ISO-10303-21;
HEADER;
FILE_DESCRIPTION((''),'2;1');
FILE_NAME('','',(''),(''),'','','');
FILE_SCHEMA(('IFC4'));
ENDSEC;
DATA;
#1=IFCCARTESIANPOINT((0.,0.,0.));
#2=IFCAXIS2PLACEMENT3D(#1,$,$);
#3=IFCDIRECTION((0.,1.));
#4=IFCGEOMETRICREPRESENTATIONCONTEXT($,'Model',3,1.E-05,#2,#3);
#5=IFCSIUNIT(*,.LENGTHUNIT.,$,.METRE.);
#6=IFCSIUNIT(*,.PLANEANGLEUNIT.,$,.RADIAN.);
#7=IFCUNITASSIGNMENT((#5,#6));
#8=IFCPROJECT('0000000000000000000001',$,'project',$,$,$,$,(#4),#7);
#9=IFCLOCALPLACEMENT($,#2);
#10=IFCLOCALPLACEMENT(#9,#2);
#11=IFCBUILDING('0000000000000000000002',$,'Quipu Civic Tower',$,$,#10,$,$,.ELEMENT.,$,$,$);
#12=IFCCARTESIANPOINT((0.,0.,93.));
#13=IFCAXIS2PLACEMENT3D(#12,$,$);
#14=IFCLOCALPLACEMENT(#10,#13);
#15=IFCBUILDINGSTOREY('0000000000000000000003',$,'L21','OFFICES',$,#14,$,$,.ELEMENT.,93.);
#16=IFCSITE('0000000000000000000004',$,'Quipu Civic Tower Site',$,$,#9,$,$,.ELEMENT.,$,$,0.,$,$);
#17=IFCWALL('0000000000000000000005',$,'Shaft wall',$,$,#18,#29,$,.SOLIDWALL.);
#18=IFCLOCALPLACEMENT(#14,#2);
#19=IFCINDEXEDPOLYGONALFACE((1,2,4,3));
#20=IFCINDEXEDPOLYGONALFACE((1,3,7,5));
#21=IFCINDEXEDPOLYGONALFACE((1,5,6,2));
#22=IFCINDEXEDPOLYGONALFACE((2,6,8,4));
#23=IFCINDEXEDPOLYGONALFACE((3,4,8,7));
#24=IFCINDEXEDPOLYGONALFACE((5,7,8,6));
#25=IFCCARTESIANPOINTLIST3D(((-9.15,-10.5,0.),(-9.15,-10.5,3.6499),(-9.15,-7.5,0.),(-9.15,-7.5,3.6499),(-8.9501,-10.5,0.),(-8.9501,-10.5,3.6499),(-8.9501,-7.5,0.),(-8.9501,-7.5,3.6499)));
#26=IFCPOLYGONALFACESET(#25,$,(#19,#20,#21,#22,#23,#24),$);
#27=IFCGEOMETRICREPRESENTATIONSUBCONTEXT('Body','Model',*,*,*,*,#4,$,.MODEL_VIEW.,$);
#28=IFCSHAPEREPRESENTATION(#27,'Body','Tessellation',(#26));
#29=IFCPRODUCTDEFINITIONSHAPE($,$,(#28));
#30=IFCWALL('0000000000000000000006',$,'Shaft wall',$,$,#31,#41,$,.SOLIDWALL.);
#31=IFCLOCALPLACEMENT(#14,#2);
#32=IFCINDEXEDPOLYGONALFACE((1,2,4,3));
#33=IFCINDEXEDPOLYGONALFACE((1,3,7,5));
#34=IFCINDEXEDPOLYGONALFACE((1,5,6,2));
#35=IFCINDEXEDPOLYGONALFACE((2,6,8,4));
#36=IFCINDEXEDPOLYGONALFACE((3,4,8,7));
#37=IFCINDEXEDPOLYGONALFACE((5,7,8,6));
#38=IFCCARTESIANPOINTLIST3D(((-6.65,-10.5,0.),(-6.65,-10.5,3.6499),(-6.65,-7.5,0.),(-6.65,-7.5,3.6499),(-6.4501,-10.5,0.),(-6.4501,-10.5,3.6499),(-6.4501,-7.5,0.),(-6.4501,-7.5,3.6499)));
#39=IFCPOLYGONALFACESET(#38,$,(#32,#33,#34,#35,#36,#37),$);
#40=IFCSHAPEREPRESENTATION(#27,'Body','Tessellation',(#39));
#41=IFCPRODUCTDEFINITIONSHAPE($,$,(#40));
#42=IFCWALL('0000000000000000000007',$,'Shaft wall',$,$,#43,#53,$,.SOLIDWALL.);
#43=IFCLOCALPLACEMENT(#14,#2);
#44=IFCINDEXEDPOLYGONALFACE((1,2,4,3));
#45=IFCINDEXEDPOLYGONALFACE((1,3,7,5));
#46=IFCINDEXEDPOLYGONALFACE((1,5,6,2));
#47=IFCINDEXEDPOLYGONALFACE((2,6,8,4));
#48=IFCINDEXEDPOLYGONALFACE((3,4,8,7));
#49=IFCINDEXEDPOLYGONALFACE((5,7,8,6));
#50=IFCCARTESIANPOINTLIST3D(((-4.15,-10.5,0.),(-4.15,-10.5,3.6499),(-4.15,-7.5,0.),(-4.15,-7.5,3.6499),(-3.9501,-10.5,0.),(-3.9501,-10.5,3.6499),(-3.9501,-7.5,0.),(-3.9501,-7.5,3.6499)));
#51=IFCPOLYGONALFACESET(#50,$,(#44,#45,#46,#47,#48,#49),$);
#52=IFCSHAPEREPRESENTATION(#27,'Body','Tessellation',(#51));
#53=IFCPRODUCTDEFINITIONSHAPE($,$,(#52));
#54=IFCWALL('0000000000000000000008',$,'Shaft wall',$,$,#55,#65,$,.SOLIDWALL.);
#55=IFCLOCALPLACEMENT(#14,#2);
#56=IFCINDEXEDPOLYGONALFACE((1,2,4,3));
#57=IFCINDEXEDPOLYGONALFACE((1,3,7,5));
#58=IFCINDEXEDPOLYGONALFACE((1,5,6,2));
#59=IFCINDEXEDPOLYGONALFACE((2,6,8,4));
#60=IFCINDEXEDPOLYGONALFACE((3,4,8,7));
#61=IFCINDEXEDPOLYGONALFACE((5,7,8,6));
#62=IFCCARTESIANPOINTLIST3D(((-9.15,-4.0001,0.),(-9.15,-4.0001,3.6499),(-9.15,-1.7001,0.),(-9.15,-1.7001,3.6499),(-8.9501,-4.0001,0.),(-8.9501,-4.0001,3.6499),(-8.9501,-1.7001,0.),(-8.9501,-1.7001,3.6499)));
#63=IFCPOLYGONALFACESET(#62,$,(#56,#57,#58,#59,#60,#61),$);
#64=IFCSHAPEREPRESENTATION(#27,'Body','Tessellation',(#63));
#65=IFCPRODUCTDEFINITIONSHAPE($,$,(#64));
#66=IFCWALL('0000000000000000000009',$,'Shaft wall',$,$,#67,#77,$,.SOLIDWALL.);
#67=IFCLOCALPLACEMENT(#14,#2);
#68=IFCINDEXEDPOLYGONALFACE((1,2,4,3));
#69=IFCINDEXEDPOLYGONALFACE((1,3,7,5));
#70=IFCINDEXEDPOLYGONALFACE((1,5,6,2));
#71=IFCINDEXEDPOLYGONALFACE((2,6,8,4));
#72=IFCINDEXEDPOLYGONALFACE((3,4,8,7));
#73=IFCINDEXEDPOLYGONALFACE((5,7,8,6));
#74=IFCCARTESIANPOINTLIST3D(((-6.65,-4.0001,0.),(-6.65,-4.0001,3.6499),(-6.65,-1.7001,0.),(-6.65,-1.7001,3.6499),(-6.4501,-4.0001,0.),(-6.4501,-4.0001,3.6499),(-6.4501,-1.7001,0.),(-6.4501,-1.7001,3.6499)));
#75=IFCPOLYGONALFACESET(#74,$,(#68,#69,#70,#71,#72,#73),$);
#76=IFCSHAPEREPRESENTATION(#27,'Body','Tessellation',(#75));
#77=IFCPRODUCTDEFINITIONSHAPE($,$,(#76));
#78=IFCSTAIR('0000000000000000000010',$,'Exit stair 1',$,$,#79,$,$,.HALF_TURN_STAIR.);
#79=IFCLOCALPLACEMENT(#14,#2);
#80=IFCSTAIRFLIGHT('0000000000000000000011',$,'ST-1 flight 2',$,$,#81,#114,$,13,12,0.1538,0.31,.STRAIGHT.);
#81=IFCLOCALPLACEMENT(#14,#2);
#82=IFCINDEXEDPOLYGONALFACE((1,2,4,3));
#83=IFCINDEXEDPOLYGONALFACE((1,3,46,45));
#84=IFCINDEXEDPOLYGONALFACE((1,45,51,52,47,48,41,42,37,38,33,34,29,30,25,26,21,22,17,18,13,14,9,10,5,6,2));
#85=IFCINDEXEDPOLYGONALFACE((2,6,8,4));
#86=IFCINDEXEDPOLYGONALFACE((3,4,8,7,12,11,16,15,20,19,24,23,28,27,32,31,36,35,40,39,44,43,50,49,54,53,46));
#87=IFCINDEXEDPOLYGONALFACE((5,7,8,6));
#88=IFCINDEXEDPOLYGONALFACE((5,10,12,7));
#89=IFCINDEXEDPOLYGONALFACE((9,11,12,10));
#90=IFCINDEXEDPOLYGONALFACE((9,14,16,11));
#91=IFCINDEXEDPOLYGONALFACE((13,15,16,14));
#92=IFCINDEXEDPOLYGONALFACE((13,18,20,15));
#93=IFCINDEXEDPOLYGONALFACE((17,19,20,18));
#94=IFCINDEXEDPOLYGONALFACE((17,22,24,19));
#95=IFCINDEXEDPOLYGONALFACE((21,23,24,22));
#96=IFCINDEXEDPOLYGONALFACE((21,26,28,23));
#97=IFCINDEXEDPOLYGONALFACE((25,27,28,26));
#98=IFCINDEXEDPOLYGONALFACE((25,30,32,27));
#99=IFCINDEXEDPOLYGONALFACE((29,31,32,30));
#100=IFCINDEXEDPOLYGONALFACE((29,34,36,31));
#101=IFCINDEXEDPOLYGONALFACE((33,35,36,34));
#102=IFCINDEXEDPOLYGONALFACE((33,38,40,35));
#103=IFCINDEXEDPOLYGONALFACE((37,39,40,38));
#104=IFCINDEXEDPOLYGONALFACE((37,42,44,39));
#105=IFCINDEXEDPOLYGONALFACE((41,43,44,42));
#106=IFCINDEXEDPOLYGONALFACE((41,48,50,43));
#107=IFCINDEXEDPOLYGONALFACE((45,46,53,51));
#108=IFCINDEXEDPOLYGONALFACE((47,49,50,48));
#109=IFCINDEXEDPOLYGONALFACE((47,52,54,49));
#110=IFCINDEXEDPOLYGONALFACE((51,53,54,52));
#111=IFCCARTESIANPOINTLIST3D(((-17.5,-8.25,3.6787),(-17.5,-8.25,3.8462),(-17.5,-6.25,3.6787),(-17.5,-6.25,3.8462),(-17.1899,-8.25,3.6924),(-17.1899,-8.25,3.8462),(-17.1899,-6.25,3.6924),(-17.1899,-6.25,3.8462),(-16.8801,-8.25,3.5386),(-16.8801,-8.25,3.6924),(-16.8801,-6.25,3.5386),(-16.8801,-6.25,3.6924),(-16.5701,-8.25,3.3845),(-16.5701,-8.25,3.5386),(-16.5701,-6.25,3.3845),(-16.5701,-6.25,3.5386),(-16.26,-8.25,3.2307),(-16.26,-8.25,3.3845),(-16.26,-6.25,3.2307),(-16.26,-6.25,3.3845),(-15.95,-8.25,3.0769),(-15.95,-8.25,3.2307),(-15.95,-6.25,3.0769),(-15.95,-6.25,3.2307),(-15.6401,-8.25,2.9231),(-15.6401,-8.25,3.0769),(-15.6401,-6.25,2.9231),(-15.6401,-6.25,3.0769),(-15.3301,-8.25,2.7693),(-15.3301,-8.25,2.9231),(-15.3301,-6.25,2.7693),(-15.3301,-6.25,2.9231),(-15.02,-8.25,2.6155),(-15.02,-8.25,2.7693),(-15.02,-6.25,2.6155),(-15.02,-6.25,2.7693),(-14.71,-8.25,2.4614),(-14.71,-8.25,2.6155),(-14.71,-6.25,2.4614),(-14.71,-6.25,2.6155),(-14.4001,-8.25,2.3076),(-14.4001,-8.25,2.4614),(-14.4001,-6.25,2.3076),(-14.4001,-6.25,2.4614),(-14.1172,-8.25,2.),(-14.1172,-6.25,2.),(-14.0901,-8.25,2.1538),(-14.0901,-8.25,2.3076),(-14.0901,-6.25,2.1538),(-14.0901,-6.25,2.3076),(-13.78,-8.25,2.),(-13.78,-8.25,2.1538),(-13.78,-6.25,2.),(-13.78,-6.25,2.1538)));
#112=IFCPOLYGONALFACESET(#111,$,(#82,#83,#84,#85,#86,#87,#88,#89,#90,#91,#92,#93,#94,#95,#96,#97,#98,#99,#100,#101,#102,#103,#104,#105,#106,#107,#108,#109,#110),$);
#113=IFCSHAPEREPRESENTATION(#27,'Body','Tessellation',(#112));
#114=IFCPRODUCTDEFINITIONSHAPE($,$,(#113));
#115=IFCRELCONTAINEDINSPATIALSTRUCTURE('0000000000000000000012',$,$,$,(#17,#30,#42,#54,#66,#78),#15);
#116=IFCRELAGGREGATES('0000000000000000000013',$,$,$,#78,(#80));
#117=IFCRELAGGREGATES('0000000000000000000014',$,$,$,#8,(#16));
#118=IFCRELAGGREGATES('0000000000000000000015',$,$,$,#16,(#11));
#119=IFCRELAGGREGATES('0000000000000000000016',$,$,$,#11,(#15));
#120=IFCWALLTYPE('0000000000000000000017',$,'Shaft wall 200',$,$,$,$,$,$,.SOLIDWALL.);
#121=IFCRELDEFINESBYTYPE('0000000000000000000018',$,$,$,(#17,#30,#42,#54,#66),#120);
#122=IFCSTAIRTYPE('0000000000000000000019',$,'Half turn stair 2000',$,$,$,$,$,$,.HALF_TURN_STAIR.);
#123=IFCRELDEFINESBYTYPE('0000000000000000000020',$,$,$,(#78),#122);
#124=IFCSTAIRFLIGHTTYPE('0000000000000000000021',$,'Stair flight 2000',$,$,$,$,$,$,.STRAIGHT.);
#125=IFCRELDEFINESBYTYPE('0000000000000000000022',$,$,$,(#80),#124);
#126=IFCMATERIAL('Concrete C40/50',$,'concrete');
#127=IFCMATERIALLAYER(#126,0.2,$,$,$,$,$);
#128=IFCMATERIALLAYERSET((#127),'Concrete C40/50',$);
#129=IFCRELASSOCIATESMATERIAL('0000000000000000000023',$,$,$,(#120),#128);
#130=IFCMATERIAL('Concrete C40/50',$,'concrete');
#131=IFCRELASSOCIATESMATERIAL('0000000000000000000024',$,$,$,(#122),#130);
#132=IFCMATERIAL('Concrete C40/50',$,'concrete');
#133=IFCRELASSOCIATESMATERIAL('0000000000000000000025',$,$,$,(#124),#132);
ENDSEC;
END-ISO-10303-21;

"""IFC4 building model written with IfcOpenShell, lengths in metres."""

from ifc_helpers import new_model, si_unit, direction, frame, frame_2d, origin, place, context, subcontext, project, spatial, polyline, rectangle, outline, extrude, material, layer, layer_set, type_object, element, aggregate, save


model = new_model("IFC4")

# Units and contexts
model_context = context("Model", 3, precision=1e-05, world=origin(), true_north=direction((0.0, 1.0)))
body_context = subcontext(model_context, "Body", "Model", "MODEL_VIEW")
ifc_project = project(units=[si_unit("LENGTHUNIT", "METRE"), si_unit("PLANEANGLEUNIT", "RADIAN")], contexts=[model_context])

# Site, building, storey
site_placement = place(None, origin())
site = spatial("IfcSite", under=ifc_project, at=site_placement, Name="Quipu Civic Tower Site", CompositionType="ELEMENT", RefElevation=0.0)
building_placement = place(site_placement, origin())
building = spatial("IfcBuilding", under=site, at=building_placement, Name="Quipu Civic Tower", CompositionType="ELEMENT")
storey_placement = place(building_placement, frame((0.0, 0.0, 93.0)))
storey = spatial("IfcBuildingStorey", under=building, at=storey_placement, Name="L21", Description="OFFICES", CompositionType="ELEMENT", Elevation=93.0)

# Walls
ifc_material_1 = material(Name="Concrete C40/50", Category="concrete")
ifc_layer_1 = layer(ifc_material_1, 0.2)
ifc_layer_set_1 = layer_set([ifc_layer_1], Name="Concrete C40/50")
wall_type_1 = type_object("IfcWallType", Name="Shaft wall 200", PredefinedType="SOLIDWALL", material=ifc_layer_set_1)
for number, where, z_axis, x_axis, name in (
    (1, (-9.05, -10.5, 0.0), (0.0, 0.0, 1.0), (0.0, 1.0, 0.0), "Shaft wall"),
    (2, (-6.55, -10.5, 0.0), (0.0, 0.0, 1.0), (0.0, 1.0, 0.0), "Shaft wall"),
    (3, (-4.05, -10.5, 0.0), (0.0, 0.0, 1.0), (0.0, 1.0, 0.0), "Shaft wall"),
):
    element("IfcWall", number, at=place(storey_placement, frame(where, z_axis=z_axis, x_axis=x_axis)), inside=storey, type_object=wall_type_1, Name=name, PredefinedType="SOLIDWALL", context=body_context, shape_type="SweptSolid", body=[
        extrude(rectangle(XDim=3.0, YDim=0.2, at=frame_2d((1.5, 0.0))), origin(), (0.0, 0.0, 1.0), 3.6499),
    ])
for number, where, z_axis, x_axis, name in (
    (4, (-9.05, -4.0, 0.0), (0.0, 0.0, 1.0), (0.0, 1.0, 0.0), "Shaft wall"),
    (5, (-6.55, -4.0, 0.0), (0.0, 0.0, 1.0), (0.0, 1.0, 0.0), "Shaft wall"),
):
    element("IfcWall", number, at=place(storey_placement, frame(where, z_axis=z_axis, x_axis=x_axis)), inside=storey, type_object=wall_type_1, Name=name, PredefinedType="SOLIDWALL", context=body_context, shape_type="SweptSolid", body=[
        extrude(rectangle(XDim=2.3, YDim=0.2, at=frame_2d((1.1499, 0.0))), origin(), (0.0, 0.0, 1.0), 3.6499),
    ])

# Stair, stair flight
ifc_material_2 = material(Name="Concrete C40/50", Category="concrete")
stair_type = type_object("IfcStairType", Name="Half turn stair 2000", PredefinedType="HALF_TURN_STAIR", material=ifc_material_2)
stair_placement = place(storey_placement, origin())
stair = element("IfcStair", 6, at=stair_placement, inside=storey, type_object=stair_type, Name="Exit stair 1", PredefinedType="HALF_TURN_STAIR")
ifc_material_3 = material(Name="Concrete C40/50", Category="concrete")
stair_flight_type = type_object("IfcStairFlightType", Name="Stair flight 2000", PredefinedType="STRAIGHT", material=ifc_material_3)
stair_flight_placement = place(storey_placement, frame((-13.78, -7.25, 2.0), z_axis=(0.0, 0.0, 1.0), x_axis=(-1.0, 0.0, 0.0)))
stair_flight = element("IfcStairFlight", 7, at=stair_flight_placement, type_object=stair_flight_type, Name="ST-1 flight 2", NumberOfRisers=13, NumberOfTreads=12, PredefinedType="STRAIGHT", RiserHeight=0.1538, TreadLength=0.31, context=body_context, shape_type="SweptSolid", body=[
    extrude(outline(polyline([(0.0, 0.0), (0.0, 0.1538), (0.3101, 0.1538), (0.3101, 0.3076), (0.6201, 0.3076), (0.6201, 0.4614), (0.9299, 0.4614), (0.9299, 0.6155), (1.24, 0.6155), (1.24, 0.7693), (1.55, 0.7693), (1.55, 0.9231), (1.8601, 0.9231), (1.8601, 1.0769), (2.1699, 1.0769), (2.1699, 1.2307), (2.48, 1.2307), (2.48, 1.3845), (2.79, 1.3845), (2.79, 1.5386), (3.1001, 1.5386), (3.1001, 1.6924), (3.4099, 1.6924), (3.4099, 1.8462), (3.72, 1.8462), (3.72, 2.0), (3.72, 1.6787), (0.3372, 0.0), (0.0, 0.0)])), frame((0.0, 1.0, 0.0), z_axis=(0.0, -1.0, 0.0), x_axis=(1.0, 0.0, 0.0)), (0.0, 0.0, 1.0), 2.0),
])
aggregate(stair, [stair_flight])

save(model, "model.ifc")
